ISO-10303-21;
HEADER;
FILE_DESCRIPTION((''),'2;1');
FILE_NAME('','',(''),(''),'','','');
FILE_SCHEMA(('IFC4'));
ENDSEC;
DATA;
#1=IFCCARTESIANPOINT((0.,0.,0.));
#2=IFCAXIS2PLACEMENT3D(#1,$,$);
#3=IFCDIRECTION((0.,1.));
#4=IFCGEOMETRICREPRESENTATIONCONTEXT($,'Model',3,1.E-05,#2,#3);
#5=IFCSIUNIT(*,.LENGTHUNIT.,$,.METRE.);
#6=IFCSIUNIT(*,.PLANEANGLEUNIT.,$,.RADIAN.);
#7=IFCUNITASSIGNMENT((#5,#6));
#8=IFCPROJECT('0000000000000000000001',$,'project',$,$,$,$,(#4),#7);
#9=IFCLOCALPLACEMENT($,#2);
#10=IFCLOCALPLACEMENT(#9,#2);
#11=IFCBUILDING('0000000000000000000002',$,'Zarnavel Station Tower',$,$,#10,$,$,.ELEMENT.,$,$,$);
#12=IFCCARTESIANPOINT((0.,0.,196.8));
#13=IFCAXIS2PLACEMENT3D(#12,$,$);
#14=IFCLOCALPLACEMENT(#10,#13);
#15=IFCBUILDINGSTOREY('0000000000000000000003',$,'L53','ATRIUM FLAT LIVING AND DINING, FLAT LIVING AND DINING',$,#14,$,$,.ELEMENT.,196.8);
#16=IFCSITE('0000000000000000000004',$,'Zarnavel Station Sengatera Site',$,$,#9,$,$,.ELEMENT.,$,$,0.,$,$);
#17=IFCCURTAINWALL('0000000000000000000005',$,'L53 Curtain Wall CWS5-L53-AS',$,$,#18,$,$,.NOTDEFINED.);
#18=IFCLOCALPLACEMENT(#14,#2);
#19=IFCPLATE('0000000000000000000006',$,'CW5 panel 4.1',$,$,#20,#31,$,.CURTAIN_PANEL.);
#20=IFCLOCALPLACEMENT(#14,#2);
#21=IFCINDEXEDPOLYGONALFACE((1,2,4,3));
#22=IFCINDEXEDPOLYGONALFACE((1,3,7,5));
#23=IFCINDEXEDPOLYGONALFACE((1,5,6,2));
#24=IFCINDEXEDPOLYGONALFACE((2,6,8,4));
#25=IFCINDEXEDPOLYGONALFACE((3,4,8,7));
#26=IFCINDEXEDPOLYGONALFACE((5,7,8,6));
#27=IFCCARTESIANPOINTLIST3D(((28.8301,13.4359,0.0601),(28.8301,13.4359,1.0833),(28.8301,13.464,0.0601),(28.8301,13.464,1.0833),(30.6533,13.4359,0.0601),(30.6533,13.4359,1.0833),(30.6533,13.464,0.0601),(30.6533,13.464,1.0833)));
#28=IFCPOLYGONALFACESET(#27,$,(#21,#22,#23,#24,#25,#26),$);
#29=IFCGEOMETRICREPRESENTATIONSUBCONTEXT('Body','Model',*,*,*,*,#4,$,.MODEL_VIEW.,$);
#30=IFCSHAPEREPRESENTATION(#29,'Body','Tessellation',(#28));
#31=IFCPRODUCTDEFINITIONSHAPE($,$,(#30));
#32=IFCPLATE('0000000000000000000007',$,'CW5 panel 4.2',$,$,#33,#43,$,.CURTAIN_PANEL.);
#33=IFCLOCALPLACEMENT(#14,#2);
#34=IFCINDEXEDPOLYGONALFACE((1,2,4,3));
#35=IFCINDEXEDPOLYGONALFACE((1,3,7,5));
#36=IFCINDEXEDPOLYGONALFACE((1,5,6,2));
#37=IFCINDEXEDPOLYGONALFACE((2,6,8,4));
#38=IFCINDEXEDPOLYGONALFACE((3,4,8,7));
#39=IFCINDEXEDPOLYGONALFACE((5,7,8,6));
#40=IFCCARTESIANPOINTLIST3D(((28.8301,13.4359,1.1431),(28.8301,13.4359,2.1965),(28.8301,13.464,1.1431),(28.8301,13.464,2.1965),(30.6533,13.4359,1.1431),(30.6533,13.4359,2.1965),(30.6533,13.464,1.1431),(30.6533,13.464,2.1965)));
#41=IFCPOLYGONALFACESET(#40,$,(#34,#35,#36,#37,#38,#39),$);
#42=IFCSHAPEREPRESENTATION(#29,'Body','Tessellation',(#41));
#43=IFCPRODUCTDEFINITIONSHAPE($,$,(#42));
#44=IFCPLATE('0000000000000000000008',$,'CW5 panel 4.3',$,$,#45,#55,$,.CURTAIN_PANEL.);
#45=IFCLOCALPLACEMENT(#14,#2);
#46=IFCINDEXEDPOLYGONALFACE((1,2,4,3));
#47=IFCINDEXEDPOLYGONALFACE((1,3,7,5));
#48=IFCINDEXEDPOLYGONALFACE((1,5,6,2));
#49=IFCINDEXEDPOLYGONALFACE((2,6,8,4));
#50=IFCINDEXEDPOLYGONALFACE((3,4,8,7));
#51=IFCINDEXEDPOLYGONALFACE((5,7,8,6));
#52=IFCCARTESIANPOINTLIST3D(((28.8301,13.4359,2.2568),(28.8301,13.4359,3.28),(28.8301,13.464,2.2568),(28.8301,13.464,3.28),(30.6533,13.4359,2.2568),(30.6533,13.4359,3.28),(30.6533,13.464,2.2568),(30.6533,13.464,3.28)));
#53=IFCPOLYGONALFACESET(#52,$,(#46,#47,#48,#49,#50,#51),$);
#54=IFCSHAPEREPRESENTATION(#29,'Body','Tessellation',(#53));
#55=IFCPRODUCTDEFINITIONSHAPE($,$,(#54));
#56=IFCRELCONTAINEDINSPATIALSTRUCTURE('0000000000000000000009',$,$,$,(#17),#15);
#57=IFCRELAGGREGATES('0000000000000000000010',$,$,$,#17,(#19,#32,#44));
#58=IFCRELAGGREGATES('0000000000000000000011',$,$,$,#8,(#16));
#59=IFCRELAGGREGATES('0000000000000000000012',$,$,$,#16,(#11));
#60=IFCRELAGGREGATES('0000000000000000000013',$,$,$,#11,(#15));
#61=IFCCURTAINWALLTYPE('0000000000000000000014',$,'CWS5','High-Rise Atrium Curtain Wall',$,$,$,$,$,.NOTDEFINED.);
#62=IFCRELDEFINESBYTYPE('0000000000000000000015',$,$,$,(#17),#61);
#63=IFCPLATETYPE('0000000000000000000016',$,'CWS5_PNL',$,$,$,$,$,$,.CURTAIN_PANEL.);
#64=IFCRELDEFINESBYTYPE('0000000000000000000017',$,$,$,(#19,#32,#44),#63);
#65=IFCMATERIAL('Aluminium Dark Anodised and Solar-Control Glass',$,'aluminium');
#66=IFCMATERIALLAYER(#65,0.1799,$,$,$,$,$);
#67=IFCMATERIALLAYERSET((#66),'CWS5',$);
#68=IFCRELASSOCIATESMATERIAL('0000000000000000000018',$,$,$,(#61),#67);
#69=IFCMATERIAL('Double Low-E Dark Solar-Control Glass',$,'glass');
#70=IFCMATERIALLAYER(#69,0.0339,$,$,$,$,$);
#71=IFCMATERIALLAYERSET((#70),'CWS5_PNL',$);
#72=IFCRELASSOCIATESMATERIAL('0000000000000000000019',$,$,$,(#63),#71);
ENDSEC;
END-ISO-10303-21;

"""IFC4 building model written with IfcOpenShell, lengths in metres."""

from ifc_helpers import new_model, si_unit, direction, frame, origin, origin_2d, place, context, subcontext, project, spatial, rectangle, extrude, material, layer, layer_set, type_object, element, aggregate, save


model = new_model("IFC4")

# Units and contexts
model_context = context("Model", 3, precision=1e-05, world=origin(), true_north=direction((0.0, 1.0)))
body_context = subcontext(model_context, "Body", "Model", "MODEL_VIEW")
ifc_project = project(units=[si_unit("LENGTHUNIT", "METRE"), si_unit("PLANEANGLEUNIT", "RADIAN")], contexts=[model_context])

# Site, building, storey
site_placement = place(None, origin())
site = spatial("IfcSite", under=ifc_project, at=site_placement, Name="Zarnavel Station Sengatera Site", CompositionType="ELEMENT", RefElevation=0.0)
building_placement = place(site_placement, origin())
building = spatial("IfcBuilding", under=site, at=building_placement, Name="Zarnavel Station Tower", CompositionType="ELEMENT")
storey_placement = place(building_placement, frame((0.0, 0.0, 196.8)))
storey = spatial("IfcBuildingStorey", under=building, at=storey_placement, Name="L53", Description="ATRIUM FLAT LIVING AND DINING, FLAT LIVING AND DINING", CompositionType="ELEMENT", Elevation=196.8)

# Curtain wall
ifc_material_1 = material(Name="Aluminium Dark Anodised and Solar-Control Glass", Category="aluminium")
ifc_layer_1 = layer(ifc_material_1, 0.1799)
ifc_layer_set_1 = layer_set([ifc_layer_1], Name="CWS5")
curtain_wall_type = type_object("IfcCurtainWallType", Name="CWS5", Description="High-Rise Atrium Curtain Wall", PredefinedType="NOTDEFINED", material=ifc_layer_set_1)
curtain_wall_placement = place(storey_placement, origin())
curtain_wall = element("IfcCurtainWall", 1, at=curtain_wall_placement, inside=storey, type_object=curtain_wall_type, Name="L53 Curtain Wall CWS5-L53-AS", PredefinedType="NOTDEFINED")

# Plates
ifc_material_2 = material(Name="Double Low-E Dark Solar-Control Glass", Category="glass")
ifc_layer_2 = layer(ifc_material_2, 0.0339)
ifc_layer_set_2 = layer_set([ifc_layer_2], Name="CWS5_PNL")
plate_type = type_object("IfcPlateType", Name="CWS5_PNL", PredefinedType="CURTAIN_PANEL", material=ifc_layer_set_2)
plate_1_placement = place(storey_placement, frame((29.7417, 13.45, 0.0601), z_axis=(0.0, 0.0, 1.0), x_axis=(1.0, 0.0, 0.0)))
plate_1 = element("IfcPlate", 2, at=plate_1_placement, type_object=plate_type, Name="CW5 panel 4.1", PredefinedType="CURTAIN_PANEL", context=body_context, shape_type="SweptSolid", body=[
    extrude(rectangle(XDim=1.8232, YDim=0.0281, at=origin_2d()), origin(), (0.0, 0.0, 1.0), 1.0232),
])
plate_2_placement = place(storey_placement, frame((29.7417, 13.45, 1.1431), z_axis=(0.0, 0.0, 1.0), x_axis=(1.0, 0.0, 0.0)))
plate_2 = element("IfcPlate", 3, at=plate_2_placement, type_object=plate_type, Name="CW5 panel 4.2", PredefinedType="CURTAIN_PANEL", context=body_context, shape_type="SweptSolid", body=[
    extrude(rectangle(XDim=1.8232, YDim=0.0281, at=origin_2d()), origin(), (0.0, 0.0, 1.0), 1.0535),
])
plate_3_placement = place(storey_placement, frame((29.7417, 13.45, 2.2568), z_axis=(0.0, 0.0, 1.0), x_axis=(1.0, 0.0, 0.0)))
plate_3 = element("IfcPlate", 4, at=plate_3_placement, type_object=plate_type, Name="CW5 panel 4.3", PredefinedType="CURTAIN_PANEL", context=body_context, shape_type="SweptSolid", body=[
    extrude(rectangle(XDim=1.8232, YDim=0.0281, at=origin_2d()), origin(), (0.0, 0.0, 1.0), 1.0232),
])
aggregate(curtain_wall, [plate_1, plate_2, plate_3])

save(model, "model.ifc")
